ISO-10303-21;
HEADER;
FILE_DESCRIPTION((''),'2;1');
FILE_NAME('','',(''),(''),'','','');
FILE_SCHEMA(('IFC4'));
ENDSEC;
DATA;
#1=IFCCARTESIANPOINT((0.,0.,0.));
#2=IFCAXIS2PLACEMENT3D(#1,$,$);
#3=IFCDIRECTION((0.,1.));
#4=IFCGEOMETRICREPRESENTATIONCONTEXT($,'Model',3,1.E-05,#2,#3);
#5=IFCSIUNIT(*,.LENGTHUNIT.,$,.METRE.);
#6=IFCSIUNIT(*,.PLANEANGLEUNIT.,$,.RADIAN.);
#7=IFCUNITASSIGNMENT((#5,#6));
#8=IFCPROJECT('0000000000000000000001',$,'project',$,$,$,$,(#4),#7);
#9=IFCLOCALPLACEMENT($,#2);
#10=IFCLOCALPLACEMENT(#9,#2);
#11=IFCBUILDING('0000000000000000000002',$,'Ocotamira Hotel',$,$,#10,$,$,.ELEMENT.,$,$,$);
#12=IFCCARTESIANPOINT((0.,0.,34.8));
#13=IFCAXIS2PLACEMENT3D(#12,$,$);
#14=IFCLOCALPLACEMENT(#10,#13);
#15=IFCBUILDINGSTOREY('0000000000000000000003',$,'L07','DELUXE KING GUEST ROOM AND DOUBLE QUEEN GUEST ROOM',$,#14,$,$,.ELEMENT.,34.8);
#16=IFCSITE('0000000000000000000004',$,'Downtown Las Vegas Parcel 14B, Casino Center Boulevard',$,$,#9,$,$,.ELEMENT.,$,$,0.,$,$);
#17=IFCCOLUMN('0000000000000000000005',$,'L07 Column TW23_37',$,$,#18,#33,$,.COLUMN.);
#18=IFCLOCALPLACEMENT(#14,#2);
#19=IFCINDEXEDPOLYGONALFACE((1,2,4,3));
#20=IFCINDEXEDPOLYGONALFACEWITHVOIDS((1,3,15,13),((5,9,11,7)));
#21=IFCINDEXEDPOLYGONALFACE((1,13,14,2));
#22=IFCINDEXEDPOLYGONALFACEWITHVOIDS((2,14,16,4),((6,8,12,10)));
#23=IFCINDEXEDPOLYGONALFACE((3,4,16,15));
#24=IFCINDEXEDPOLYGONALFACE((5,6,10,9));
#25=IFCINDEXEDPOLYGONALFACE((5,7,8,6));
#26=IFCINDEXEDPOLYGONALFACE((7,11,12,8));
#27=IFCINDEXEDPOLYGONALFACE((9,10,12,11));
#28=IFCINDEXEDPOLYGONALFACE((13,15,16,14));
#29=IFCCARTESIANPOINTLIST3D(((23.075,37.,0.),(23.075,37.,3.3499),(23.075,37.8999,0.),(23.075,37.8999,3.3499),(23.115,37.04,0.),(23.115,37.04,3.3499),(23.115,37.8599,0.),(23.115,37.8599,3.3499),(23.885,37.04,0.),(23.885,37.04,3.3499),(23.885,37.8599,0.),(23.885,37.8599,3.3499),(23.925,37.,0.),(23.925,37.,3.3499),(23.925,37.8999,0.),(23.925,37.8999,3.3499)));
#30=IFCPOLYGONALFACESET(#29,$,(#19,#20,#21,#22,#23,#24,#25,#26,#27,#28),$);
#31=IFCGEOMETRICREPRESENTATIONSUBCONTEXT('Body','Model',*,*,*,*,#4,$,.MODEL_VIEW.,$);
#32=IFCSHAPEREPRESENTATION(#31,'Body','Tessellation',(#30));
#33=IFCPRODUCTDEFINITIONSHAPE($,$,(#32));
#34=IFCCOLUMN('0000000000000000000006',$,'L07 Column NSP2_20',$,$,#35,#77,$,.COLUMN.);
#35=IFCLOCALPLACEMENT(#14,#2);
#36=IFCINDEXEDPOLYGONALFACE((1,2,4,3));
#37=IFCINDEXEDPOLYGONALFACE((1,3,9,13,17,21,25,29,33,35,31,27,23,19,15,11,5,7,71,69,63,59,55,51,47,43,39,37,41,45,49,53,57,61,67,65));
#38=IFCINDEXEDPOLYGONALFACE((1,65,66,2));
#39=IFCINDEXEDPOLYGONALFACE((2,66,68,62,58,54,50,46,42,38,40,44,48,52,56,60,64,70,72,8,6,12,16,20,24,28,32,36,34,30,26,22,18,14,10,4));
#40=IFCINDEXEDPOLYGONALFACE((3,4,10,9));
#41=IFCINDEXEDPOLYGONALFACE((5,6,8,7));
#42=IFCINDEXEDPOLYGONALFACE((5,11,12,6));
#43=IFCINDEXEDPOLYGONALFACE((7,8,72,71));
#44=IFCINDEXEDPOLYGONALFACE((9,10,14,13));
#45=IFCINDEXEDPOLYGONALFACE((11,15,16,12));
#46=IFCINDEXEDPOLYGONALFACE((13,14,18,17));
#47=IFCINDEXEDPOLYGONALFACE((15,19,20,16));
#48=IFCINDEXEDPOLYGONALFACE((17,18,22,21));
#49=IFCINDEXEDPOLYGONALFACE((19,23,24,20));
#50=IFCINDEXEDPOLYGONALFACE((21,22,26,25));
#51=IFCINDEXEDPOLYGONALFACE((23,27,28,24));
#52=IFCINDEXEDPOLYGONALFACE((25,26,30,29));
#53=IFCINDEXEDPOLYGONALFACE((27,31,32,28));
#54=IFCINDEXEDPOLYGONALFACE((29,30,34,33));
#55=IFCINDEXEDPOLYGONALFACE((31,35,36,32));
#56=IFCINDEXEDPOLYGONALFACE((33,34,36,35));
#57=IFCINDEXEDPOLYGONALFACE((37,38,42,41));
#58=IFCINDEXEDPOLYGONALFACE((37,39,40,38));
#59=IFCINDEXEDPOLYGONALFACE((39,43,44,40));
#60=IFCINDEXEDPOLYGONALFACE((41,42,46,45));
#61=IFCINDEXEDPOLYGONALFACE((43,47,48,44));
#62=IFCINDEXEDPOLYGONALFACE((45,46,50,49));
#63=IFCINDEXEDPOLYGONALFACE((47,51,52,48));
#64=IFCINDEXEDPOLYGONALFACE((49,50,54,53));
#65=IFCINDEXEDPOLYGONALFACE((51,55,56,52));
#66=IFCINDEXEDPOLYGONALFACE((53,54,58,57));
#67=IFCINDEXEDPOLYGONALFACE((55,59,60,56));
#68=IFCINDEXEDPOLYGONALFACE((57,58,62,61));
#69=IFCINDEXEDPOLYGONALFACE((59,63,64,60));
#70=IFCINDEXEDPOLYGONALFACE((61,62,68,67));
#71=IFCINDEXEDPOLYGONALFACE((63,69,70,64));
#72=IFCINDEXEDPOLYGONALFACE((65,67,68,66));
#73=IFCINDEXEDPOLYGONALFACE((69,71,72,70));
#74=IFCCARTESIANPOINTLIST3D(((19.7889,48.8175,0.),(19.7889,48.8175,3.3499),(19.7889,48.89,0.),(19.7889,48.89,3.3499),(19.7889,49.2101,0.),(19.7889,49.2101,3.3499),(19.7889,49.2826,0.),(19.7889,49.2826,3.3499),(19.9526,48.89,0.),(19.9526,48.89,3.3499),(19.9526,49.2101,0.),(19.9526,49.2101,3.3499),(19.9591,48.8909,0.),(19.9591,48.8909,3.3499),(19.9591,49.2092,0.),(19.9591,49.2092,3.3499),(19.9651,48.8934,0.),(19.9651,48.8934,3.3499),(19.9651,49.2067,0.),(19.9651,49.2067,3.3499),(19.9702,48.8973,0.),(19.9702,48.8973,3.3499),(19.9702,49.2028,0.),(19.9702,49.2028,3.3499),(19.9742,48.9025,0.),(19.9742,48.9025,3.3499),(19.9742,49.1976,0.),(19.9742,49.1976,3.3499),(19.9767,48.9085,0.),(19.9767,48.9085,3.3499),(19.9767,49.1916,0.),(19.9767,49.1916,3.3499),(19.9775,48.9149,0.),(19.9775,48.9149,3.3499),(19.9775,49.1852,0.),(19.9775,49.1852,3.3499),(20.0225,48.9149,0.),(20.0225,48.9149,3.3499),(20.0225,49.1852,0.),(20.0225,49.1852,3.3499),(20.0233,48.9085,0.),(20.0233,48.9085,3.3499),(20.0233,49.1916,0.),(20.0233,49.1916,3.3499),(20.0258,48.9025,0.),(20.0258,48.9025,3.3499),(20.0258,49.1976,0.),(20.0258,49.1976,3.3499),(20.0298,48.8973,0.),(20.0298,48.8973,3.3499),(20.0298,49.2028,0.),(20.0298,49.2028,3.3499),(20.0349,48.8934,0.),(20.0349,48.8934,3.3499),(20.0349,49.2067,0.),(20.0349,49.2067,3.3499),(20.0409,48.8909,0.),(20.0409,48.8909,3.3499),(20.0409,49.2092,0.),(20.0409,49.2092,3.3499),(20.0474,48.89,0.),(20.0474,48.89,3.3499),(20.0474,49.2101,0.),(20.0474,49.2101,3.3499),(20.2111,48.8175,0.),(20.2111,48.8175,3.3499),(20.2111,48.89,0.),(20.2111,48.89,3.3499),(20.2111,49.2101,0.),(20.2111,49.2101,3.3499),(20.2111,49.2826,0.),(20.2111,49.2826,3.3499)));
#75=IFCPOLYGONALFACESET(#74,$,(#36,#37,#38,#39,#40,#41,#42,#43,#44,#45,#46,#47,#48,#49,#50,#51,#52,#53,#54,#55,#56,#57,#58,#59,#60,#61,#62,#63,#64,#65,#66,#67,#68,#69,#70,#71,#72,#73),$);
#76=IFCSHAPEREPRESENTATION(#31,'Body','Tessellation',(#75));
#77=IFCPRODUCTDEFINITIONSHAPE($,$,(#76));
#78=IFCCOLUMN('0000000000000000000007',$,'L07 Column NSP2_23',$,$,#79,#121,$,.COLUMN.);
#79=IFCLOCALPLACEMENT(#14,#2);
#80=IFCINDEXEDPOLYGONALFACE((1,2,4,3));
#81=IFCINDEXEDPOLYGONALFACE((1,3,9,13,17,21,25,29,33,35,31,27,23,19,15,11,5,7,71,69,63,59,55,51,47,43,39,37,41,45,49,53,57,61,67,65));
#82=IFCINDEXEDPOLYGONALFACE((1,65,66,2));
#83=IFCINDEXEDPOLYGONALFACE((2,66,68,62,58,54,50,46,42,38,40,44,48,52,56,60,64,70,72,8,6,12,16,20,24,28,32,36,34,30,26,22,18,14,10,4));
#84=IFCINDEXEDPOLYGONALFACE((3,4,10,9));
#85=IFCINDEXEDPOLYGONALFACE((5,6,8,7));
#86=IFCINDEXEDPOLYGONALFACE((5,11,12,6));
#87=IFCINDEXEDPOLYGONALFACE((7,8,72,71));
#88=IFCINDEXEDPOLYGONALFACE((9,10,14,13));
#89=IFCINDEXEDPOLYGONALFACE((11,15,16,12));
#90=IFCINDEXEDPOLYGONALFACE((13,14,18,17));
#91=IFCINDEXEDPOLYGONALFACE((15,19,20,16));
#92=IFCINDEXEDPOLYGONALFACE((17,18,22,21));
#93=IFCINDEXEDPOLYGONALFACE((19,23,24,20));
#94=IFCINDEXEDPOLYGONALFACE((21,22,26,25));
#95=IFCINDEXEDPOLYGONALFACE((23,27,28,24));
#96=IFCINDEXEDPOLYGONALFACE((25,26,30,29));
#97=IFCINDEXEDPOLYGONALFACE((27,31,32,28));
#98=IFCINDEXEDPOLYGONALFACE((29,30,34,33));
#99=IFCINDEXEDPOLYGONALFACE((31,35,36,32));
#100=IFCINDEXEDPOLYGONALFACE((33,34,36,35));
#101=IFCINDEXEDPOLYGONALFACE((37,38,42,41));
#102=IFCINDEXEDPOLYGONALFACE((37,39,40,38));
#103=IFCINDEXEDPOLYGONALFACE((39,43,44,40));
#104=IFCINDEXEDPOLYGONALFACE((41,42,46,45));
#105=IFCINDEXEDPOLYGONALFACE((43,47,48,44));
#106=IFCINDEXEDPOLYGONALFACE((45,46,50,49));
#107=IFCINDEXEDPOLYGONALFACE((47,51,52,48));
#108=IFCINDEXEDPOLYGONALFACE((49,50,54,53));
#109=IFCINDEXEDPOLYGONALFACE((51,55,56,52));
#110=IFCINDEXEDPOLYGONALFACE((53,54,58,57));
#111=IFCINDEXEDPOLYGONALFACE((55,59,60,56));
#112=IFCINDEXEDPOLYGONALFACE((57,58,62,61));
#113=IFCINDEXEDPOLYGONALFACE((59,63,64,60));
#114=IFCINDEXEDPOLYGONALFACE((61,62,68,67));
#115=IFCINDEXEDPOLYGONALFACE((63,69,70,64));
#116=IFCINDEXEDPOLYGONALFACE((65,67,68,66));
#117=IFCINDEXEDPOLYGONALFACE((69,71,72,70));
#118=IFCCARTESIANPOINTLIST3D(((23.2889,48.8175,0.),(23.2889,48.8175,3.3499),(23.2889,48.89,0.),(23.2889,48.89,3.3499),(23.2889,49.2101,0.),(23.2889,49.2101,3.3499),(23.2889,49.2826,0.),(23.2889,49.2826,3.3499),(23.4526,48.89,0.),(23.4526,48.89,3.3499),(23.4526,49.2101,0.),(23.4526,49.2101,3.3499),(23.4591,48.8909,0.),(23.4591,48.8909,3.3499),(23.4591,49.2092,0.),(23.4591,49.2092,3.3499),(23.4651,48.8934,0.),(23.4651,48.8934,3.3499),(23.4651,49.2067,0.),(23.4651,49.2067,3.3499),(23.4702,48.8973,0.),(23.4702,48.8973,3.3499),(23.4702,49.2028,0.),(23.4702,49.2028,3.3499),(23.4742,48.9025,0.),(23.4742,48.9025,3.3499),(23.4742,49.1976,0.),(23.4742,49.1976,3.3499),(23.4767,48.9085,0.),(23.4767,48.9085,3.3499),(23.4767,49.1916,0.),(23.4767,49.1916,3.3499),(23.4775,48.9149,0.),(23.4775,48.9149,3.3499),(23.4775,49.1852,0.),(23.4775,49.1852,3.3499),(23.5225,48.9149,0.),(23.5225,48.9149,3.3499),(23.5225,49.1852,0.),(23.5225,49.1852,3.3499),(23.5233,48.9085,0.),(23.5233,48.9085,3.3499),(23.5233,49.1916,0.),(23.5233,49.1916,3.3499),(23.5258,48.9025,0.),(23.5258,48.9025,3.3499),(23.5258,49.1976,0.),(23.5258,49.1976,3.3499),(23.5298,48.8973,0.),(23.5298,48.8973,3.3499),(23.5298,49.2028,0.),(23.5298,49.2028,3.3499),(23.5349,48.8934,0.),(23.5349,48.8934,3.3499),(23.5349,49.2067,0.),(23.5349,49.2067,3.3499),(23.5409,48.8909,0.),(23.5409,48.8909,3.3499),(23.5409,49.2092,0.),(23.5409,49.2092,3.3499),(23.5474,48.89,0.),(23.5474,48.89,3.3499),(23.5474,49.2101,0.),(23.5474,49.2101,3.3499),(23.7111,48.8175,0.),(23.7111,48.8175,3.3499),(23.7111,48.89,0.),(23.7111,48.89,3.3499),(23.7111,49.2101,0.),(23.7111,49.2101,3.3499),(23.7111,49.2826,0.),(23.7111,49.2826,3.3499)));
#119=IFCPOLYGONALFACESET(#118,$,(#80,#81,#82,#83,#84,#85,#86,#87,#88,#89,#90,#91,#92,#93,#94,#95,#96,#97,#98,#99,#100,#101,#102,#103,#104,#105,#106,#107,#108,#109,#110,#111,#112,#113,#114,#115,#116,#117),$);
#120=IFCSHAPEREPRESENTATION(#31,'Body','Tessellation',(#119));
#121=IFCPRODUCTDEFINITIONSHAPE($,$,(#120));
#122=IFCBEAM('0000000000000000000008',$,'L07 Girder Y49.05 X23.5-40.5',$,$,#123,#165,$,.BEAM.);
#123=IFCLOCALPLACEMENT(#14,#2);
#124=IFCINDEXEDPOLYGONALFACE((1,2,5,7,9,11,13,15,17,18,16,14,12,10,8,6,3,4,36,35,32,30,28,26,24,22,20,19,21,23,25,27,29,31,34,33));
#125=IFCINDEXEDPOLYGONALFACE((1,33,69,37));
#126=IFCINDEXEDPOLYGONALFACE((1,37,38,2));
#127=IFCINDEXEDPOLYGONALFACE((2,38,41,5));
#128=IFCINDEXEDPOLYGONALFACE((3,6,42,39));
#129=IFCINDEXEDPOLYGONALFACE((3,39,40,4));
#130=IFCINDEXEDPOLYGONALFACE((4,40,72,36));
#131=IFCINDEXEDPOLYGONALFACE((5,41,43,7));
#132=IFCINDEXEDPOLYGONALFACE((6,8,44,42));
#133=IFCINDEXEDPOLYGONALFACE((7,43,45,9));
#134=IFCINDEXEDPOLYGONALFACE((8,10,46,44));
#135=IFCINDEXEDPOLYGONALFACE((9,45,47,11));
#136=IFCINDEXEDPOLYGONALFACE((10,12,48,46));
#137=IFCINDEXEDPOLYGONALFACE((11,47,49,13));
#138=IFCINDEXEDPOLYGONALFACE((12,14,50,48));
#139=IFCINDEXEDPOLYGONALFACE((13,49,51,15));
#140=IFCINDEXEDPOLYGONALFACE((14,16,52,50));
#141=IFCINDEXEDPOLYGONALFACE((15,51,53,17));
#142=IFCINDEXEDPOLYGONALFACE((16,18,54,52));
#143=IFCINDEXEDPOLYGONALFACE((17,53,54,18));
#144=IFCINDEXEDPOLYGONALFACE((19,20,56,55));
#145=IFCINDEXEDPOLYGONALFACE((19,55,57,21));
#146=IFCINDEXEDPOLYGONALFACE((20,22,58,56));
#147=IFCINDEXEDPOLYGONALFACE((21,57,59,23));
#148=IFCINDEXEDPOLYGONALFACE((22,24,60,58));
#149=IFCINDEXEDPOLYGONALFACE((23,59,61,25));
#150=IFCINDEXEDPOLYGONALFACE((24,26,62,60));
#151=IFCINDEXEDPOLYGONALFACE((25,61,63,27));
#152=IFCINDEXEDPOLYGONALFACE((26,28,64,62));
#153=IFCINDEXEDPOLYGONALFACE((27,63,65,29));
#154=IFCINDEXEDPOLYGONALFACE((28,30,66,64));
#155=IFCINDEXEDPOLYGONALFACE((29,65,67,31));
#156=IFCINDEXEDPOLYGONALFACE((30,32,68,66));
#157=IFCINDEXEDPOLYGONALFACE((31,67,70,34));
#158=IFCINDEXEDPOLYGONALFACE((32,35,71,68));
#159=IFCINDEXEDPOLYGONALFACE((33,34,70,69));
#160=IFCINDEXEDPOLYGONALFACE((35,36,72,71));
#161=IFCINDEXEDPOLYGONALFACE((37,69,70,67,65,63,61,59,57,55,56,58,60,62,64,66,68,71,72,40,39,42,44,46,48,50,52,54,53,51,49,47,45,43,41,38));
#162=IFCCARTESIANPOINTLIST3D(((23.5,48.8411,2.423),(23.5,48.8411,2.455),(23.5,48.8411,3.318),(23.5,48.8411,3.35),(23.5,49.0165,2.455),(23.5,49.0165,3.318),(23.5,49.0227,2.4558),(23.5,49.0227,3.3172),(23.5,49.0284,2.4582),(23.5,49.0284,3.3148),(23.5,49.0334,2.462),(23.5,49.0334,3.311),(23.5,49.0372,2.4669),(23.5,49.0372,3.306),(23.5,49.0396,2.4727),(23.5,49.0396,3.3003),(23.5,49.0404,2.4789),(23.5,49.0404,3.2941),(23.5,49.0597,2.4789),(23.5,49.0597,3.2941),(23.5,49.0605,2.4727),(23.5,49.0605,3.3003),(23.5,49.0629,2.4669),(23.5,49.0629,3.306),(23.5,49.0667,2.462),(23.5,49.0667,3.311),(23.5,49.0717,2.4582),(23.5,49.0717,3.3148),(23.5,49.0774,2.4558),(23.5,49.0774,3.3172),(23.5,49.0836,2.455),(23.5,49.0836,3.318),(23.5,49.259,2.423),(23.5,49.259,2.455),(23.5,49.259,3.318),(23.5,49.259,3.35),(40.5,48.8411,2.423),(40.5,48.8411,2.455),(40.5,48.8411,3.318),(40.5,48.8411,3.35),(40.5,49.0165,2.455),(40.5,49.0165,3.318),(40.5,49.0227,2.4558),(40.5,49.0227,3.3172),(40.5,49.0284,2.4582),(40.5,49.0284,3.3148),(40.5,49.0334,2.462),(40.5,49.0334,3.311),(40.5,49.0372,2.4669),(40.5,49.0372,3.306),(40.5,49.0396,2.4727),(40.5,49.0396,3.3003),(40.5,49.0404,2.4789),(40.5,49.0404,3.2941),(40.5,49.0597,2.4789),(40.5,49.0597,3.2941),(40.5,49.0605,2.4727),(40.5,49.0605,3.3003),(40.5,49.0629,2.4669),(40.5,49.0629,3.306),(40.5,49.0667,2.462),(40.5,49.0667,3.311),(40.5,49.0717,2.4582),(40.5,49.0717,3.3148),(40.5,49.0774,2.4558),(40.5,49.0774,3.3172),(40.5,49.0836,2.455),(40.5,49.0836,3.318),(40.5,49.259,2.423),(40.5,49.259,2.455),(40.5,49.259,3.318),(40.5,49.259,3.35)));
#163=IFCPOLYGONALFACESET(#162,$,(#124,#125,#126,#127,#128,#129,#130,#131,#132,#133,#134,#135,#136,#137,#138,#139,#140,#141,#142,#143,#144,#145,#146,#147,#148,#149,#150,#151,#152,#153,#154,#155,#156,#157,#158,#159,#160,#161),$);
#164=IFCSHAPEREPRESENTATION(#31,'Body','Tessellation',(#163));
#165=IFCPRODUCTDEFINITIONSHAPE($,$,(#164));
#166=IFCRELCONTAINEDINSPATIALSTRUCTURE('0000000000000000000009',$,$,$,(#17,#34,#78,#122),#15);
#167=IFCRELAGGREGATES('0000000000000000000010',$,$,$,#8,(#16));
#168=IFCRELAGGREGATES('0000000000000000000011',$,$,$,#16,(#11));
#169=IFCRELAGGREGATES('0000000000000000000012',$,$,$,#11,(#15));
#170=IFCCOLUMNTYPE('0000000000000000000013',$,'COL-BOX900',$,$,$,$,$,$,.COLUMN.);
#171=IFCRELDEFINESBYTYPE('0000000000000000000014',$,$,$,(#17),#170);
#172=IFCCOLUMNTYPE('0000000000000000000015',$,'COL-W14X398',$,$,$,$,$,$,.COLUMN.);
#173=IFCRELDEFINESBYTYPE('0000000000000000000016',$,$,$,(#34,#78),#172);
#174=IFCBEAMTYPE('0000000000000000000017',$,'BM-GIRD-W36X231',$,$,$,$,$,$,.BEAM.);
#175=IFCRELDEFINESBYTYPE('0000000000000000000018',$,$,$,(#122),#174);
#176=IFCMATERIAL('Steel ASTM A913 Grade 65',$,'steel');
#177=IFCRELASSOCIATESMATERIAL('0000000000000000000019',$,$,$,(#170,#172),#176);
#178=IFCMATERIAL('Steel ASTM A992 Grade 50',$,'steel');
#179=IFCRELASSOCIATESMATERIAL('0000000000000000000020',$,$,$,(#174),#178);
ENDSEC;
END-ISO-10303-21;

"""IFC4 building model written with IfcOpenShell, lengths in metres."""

from ifc_helpers import new_model, si_unit, direction, frame, origin, origin_2d, place, context, subcontext, project, spatial, hollow_rectangle, i_section, extrude, source, transform, mapped, material, material_profile, profile_set, type_object, element, save


model = new_model("IFC4")

# Units and contexts
model_context = context("Model", 3, precision=1e-05, world=origin(), true_north=direction((0.0, 1.0)))
body_context = subcontext(model_context, "Body", "Model", "MODEL_VIEW")
ifc_project = project(units=[si_unit("LENGTHUNIT", "METRE"), si_unit("PLANEANGLEUNIT", "RADIAN")], contexts=[model_context])

# Site, building, storey
site_placement = place(None, origin())
site = spatial("IfcSite", under=ifc_project, at=site_placement, Name="Downtown Las Vegas Parcel 14B, Casino Center Boulevard", CompositionType="ELEMENT", RefElevation=0.0)
building_placement = place(site_placement, origin())
building = spatial("IfcBuilding", under=site, at=building_placement, Name="Ocotamira Hotel", CompositionType="ELEMENT")
storey_placement = place(building_placement, frame((0.0, 0.0, 34.8)))
storey = spatial("IfcBuildingStorey", under=building, at=storey_placement, Name="L07", Description="DELUXE KING GUEST ROOM AND DOUBLE QUEEN GUEST ROOM", CompositionType="ELEMENT", Elevation=34.8)

# Columns
ifc_material_1 = material(Name="Steel ASTM A913 Grade 65", Category="steel")
ifc_material_profile_1 = material_profile(ifc_material_1, hollow_rectangle(XDim=0.8501, YDim=0.8999, WallThickness=0.04, at=origin_2d()), Name="BOX900X850X40")
ifc_profile_set_1 = profile_set([ifc_material_profile_1], Name="Steel ASTM A913 Grade 65")
column_type_1 = type_object("IfcColumnType", Name="COL-BOX900", PredefinedType="COLUMN", material=ifc_profile_set_1)
shared_shape_1 = source(origin(), body_context, "Body", "SweptSolid", [
    extrude(hollow_rectangle(XDim=0.8501, YDim=0.8999, WallThickness=0.04, at=origin_2d()), origin(), (0.0, 0.0, 1.0), 3.3499),
])
column_placement = place(storey_placement, frame((23.5, 37.45, 0.0), z_axis=(0.0, 0.0, 1.0), x_axis=(1.0, 0.0, 0.0)))
element("IfcColumn", 1, at=column_placement, inside=storey, type_object=column_type_1, Name="L07 Column TW23_37", PredefinedType="COLUMN", context=body_context, shape_type="MappedRepresentation", body=[
    mapped(shared_shape_1, transform((0.0, 0.0, 0.0), scale=1.0)),
])
ifc_material_profile_2 = material_profile(ifc_material_1, i_section(OverallWidth=0.4221, OverallDepth=0.4651, WebThickness=0.0449, FlangeThickness=0.0725, FilletRadius=0.0249, at=origin_2d()), Name="W14X398")
ifc_profile_set_2 = profile_set([ifc_material_profile_2], Name="Steel ASTM A913 Grade 65")
column_type_2 = type_object("IfcColumnType", Name="COL-W14X398", PredefinedType="COLUMN", material=ifc_profile_set_2)
shared_shape_2 = source(origin(), body_context, "Body", "SweptSolid", [
    extrude(i_section(OverallWidth=0.4221, OverallDepth=0.4651, WebThickness=0.0449, FlangeThickness=0.0725, FilletRadius=0.0249, at=origin_2d()), origin(), (0.0, 0.0, 1.0), 3.3499),
])
for number, where, z_axis, x_axis, name in (
    (2, (20.0, 49.05, 0.0), (0.0, 0.0, 1.0), (1.0, 0.0, 0.0), "L07 Column NSP2_20"),
    (3, (23.5, 49.05, 0.0), (0.0, 0.0, 1.0), (1.0, 0.0, 0.0), "L07 Column NSP2_23"),
):
    element("IfcColumn", number, at=place(storey_placement, frame(where, z_axis=z_axis, x_axis=x_axis)), inside=storey, type_object=column_type_2, Name=name, PredefinedType="COLUMN", context=body_context, shape_type="MappedRepresentation", body=[
        mapped(shared_shape_2, transform((0.0, 0.0, 0.0), scale=1.0)),
    ])

# Beam
ifc_material_2 = material(Name="Steel ASTM A992 Grade 50", Category="steel")
ifc_material_profile_3 = material_profile(ifc_material_2, i_section(OverallWidth=0.418, OverallDepth=0.927, WebThickness=0.0193, FlangeThickness=0.032, FilletRadius=0.0239, at=origin_2d()), Name="W36X231")
ifc_profile_set_3 = profile_set([ifc_material_profile_3], Name="Steel ASTM A992 Grade 50")
beam_type_1 = type_object("IfcBeamType", Name="BM-GIRD-W36X231", PredefinedType="BEAM", material=ifc_profile_set_3)
shared_shape_3 = source(origin(), body_context, "Body", "SweptSolid", [
    extrude(i_section(OverallWidth=0.418, OverallDepth=0.927, WebThickness=0.0193, FlangeThickness=0.032, FilletRadius=0.0239, at=origin_2d()), origin(), (0.0, 0.0, 1.0), 17.0),
])
beam_1_placement = place(storey_placement, frame((23.5, 49.05, 2.8865), z_axis=(1.0, 0.0, 0.0), x_axis=(0.0, 1.0, 0.0)))
element("IfcBeam", 4, at=beam_1_placement, inside=storey, type_object=beam_type_1, Name="L07 Girder Y49.05 X23.5-40.5", PredefinedType="BEAM", context=body_context, shape_type="MappedRepresentation", body=[
    mapped(shared_shape_3, transform((0.0, 0.0, 0.0), scale=1.0)),
])

save(model, "model.ifc")
